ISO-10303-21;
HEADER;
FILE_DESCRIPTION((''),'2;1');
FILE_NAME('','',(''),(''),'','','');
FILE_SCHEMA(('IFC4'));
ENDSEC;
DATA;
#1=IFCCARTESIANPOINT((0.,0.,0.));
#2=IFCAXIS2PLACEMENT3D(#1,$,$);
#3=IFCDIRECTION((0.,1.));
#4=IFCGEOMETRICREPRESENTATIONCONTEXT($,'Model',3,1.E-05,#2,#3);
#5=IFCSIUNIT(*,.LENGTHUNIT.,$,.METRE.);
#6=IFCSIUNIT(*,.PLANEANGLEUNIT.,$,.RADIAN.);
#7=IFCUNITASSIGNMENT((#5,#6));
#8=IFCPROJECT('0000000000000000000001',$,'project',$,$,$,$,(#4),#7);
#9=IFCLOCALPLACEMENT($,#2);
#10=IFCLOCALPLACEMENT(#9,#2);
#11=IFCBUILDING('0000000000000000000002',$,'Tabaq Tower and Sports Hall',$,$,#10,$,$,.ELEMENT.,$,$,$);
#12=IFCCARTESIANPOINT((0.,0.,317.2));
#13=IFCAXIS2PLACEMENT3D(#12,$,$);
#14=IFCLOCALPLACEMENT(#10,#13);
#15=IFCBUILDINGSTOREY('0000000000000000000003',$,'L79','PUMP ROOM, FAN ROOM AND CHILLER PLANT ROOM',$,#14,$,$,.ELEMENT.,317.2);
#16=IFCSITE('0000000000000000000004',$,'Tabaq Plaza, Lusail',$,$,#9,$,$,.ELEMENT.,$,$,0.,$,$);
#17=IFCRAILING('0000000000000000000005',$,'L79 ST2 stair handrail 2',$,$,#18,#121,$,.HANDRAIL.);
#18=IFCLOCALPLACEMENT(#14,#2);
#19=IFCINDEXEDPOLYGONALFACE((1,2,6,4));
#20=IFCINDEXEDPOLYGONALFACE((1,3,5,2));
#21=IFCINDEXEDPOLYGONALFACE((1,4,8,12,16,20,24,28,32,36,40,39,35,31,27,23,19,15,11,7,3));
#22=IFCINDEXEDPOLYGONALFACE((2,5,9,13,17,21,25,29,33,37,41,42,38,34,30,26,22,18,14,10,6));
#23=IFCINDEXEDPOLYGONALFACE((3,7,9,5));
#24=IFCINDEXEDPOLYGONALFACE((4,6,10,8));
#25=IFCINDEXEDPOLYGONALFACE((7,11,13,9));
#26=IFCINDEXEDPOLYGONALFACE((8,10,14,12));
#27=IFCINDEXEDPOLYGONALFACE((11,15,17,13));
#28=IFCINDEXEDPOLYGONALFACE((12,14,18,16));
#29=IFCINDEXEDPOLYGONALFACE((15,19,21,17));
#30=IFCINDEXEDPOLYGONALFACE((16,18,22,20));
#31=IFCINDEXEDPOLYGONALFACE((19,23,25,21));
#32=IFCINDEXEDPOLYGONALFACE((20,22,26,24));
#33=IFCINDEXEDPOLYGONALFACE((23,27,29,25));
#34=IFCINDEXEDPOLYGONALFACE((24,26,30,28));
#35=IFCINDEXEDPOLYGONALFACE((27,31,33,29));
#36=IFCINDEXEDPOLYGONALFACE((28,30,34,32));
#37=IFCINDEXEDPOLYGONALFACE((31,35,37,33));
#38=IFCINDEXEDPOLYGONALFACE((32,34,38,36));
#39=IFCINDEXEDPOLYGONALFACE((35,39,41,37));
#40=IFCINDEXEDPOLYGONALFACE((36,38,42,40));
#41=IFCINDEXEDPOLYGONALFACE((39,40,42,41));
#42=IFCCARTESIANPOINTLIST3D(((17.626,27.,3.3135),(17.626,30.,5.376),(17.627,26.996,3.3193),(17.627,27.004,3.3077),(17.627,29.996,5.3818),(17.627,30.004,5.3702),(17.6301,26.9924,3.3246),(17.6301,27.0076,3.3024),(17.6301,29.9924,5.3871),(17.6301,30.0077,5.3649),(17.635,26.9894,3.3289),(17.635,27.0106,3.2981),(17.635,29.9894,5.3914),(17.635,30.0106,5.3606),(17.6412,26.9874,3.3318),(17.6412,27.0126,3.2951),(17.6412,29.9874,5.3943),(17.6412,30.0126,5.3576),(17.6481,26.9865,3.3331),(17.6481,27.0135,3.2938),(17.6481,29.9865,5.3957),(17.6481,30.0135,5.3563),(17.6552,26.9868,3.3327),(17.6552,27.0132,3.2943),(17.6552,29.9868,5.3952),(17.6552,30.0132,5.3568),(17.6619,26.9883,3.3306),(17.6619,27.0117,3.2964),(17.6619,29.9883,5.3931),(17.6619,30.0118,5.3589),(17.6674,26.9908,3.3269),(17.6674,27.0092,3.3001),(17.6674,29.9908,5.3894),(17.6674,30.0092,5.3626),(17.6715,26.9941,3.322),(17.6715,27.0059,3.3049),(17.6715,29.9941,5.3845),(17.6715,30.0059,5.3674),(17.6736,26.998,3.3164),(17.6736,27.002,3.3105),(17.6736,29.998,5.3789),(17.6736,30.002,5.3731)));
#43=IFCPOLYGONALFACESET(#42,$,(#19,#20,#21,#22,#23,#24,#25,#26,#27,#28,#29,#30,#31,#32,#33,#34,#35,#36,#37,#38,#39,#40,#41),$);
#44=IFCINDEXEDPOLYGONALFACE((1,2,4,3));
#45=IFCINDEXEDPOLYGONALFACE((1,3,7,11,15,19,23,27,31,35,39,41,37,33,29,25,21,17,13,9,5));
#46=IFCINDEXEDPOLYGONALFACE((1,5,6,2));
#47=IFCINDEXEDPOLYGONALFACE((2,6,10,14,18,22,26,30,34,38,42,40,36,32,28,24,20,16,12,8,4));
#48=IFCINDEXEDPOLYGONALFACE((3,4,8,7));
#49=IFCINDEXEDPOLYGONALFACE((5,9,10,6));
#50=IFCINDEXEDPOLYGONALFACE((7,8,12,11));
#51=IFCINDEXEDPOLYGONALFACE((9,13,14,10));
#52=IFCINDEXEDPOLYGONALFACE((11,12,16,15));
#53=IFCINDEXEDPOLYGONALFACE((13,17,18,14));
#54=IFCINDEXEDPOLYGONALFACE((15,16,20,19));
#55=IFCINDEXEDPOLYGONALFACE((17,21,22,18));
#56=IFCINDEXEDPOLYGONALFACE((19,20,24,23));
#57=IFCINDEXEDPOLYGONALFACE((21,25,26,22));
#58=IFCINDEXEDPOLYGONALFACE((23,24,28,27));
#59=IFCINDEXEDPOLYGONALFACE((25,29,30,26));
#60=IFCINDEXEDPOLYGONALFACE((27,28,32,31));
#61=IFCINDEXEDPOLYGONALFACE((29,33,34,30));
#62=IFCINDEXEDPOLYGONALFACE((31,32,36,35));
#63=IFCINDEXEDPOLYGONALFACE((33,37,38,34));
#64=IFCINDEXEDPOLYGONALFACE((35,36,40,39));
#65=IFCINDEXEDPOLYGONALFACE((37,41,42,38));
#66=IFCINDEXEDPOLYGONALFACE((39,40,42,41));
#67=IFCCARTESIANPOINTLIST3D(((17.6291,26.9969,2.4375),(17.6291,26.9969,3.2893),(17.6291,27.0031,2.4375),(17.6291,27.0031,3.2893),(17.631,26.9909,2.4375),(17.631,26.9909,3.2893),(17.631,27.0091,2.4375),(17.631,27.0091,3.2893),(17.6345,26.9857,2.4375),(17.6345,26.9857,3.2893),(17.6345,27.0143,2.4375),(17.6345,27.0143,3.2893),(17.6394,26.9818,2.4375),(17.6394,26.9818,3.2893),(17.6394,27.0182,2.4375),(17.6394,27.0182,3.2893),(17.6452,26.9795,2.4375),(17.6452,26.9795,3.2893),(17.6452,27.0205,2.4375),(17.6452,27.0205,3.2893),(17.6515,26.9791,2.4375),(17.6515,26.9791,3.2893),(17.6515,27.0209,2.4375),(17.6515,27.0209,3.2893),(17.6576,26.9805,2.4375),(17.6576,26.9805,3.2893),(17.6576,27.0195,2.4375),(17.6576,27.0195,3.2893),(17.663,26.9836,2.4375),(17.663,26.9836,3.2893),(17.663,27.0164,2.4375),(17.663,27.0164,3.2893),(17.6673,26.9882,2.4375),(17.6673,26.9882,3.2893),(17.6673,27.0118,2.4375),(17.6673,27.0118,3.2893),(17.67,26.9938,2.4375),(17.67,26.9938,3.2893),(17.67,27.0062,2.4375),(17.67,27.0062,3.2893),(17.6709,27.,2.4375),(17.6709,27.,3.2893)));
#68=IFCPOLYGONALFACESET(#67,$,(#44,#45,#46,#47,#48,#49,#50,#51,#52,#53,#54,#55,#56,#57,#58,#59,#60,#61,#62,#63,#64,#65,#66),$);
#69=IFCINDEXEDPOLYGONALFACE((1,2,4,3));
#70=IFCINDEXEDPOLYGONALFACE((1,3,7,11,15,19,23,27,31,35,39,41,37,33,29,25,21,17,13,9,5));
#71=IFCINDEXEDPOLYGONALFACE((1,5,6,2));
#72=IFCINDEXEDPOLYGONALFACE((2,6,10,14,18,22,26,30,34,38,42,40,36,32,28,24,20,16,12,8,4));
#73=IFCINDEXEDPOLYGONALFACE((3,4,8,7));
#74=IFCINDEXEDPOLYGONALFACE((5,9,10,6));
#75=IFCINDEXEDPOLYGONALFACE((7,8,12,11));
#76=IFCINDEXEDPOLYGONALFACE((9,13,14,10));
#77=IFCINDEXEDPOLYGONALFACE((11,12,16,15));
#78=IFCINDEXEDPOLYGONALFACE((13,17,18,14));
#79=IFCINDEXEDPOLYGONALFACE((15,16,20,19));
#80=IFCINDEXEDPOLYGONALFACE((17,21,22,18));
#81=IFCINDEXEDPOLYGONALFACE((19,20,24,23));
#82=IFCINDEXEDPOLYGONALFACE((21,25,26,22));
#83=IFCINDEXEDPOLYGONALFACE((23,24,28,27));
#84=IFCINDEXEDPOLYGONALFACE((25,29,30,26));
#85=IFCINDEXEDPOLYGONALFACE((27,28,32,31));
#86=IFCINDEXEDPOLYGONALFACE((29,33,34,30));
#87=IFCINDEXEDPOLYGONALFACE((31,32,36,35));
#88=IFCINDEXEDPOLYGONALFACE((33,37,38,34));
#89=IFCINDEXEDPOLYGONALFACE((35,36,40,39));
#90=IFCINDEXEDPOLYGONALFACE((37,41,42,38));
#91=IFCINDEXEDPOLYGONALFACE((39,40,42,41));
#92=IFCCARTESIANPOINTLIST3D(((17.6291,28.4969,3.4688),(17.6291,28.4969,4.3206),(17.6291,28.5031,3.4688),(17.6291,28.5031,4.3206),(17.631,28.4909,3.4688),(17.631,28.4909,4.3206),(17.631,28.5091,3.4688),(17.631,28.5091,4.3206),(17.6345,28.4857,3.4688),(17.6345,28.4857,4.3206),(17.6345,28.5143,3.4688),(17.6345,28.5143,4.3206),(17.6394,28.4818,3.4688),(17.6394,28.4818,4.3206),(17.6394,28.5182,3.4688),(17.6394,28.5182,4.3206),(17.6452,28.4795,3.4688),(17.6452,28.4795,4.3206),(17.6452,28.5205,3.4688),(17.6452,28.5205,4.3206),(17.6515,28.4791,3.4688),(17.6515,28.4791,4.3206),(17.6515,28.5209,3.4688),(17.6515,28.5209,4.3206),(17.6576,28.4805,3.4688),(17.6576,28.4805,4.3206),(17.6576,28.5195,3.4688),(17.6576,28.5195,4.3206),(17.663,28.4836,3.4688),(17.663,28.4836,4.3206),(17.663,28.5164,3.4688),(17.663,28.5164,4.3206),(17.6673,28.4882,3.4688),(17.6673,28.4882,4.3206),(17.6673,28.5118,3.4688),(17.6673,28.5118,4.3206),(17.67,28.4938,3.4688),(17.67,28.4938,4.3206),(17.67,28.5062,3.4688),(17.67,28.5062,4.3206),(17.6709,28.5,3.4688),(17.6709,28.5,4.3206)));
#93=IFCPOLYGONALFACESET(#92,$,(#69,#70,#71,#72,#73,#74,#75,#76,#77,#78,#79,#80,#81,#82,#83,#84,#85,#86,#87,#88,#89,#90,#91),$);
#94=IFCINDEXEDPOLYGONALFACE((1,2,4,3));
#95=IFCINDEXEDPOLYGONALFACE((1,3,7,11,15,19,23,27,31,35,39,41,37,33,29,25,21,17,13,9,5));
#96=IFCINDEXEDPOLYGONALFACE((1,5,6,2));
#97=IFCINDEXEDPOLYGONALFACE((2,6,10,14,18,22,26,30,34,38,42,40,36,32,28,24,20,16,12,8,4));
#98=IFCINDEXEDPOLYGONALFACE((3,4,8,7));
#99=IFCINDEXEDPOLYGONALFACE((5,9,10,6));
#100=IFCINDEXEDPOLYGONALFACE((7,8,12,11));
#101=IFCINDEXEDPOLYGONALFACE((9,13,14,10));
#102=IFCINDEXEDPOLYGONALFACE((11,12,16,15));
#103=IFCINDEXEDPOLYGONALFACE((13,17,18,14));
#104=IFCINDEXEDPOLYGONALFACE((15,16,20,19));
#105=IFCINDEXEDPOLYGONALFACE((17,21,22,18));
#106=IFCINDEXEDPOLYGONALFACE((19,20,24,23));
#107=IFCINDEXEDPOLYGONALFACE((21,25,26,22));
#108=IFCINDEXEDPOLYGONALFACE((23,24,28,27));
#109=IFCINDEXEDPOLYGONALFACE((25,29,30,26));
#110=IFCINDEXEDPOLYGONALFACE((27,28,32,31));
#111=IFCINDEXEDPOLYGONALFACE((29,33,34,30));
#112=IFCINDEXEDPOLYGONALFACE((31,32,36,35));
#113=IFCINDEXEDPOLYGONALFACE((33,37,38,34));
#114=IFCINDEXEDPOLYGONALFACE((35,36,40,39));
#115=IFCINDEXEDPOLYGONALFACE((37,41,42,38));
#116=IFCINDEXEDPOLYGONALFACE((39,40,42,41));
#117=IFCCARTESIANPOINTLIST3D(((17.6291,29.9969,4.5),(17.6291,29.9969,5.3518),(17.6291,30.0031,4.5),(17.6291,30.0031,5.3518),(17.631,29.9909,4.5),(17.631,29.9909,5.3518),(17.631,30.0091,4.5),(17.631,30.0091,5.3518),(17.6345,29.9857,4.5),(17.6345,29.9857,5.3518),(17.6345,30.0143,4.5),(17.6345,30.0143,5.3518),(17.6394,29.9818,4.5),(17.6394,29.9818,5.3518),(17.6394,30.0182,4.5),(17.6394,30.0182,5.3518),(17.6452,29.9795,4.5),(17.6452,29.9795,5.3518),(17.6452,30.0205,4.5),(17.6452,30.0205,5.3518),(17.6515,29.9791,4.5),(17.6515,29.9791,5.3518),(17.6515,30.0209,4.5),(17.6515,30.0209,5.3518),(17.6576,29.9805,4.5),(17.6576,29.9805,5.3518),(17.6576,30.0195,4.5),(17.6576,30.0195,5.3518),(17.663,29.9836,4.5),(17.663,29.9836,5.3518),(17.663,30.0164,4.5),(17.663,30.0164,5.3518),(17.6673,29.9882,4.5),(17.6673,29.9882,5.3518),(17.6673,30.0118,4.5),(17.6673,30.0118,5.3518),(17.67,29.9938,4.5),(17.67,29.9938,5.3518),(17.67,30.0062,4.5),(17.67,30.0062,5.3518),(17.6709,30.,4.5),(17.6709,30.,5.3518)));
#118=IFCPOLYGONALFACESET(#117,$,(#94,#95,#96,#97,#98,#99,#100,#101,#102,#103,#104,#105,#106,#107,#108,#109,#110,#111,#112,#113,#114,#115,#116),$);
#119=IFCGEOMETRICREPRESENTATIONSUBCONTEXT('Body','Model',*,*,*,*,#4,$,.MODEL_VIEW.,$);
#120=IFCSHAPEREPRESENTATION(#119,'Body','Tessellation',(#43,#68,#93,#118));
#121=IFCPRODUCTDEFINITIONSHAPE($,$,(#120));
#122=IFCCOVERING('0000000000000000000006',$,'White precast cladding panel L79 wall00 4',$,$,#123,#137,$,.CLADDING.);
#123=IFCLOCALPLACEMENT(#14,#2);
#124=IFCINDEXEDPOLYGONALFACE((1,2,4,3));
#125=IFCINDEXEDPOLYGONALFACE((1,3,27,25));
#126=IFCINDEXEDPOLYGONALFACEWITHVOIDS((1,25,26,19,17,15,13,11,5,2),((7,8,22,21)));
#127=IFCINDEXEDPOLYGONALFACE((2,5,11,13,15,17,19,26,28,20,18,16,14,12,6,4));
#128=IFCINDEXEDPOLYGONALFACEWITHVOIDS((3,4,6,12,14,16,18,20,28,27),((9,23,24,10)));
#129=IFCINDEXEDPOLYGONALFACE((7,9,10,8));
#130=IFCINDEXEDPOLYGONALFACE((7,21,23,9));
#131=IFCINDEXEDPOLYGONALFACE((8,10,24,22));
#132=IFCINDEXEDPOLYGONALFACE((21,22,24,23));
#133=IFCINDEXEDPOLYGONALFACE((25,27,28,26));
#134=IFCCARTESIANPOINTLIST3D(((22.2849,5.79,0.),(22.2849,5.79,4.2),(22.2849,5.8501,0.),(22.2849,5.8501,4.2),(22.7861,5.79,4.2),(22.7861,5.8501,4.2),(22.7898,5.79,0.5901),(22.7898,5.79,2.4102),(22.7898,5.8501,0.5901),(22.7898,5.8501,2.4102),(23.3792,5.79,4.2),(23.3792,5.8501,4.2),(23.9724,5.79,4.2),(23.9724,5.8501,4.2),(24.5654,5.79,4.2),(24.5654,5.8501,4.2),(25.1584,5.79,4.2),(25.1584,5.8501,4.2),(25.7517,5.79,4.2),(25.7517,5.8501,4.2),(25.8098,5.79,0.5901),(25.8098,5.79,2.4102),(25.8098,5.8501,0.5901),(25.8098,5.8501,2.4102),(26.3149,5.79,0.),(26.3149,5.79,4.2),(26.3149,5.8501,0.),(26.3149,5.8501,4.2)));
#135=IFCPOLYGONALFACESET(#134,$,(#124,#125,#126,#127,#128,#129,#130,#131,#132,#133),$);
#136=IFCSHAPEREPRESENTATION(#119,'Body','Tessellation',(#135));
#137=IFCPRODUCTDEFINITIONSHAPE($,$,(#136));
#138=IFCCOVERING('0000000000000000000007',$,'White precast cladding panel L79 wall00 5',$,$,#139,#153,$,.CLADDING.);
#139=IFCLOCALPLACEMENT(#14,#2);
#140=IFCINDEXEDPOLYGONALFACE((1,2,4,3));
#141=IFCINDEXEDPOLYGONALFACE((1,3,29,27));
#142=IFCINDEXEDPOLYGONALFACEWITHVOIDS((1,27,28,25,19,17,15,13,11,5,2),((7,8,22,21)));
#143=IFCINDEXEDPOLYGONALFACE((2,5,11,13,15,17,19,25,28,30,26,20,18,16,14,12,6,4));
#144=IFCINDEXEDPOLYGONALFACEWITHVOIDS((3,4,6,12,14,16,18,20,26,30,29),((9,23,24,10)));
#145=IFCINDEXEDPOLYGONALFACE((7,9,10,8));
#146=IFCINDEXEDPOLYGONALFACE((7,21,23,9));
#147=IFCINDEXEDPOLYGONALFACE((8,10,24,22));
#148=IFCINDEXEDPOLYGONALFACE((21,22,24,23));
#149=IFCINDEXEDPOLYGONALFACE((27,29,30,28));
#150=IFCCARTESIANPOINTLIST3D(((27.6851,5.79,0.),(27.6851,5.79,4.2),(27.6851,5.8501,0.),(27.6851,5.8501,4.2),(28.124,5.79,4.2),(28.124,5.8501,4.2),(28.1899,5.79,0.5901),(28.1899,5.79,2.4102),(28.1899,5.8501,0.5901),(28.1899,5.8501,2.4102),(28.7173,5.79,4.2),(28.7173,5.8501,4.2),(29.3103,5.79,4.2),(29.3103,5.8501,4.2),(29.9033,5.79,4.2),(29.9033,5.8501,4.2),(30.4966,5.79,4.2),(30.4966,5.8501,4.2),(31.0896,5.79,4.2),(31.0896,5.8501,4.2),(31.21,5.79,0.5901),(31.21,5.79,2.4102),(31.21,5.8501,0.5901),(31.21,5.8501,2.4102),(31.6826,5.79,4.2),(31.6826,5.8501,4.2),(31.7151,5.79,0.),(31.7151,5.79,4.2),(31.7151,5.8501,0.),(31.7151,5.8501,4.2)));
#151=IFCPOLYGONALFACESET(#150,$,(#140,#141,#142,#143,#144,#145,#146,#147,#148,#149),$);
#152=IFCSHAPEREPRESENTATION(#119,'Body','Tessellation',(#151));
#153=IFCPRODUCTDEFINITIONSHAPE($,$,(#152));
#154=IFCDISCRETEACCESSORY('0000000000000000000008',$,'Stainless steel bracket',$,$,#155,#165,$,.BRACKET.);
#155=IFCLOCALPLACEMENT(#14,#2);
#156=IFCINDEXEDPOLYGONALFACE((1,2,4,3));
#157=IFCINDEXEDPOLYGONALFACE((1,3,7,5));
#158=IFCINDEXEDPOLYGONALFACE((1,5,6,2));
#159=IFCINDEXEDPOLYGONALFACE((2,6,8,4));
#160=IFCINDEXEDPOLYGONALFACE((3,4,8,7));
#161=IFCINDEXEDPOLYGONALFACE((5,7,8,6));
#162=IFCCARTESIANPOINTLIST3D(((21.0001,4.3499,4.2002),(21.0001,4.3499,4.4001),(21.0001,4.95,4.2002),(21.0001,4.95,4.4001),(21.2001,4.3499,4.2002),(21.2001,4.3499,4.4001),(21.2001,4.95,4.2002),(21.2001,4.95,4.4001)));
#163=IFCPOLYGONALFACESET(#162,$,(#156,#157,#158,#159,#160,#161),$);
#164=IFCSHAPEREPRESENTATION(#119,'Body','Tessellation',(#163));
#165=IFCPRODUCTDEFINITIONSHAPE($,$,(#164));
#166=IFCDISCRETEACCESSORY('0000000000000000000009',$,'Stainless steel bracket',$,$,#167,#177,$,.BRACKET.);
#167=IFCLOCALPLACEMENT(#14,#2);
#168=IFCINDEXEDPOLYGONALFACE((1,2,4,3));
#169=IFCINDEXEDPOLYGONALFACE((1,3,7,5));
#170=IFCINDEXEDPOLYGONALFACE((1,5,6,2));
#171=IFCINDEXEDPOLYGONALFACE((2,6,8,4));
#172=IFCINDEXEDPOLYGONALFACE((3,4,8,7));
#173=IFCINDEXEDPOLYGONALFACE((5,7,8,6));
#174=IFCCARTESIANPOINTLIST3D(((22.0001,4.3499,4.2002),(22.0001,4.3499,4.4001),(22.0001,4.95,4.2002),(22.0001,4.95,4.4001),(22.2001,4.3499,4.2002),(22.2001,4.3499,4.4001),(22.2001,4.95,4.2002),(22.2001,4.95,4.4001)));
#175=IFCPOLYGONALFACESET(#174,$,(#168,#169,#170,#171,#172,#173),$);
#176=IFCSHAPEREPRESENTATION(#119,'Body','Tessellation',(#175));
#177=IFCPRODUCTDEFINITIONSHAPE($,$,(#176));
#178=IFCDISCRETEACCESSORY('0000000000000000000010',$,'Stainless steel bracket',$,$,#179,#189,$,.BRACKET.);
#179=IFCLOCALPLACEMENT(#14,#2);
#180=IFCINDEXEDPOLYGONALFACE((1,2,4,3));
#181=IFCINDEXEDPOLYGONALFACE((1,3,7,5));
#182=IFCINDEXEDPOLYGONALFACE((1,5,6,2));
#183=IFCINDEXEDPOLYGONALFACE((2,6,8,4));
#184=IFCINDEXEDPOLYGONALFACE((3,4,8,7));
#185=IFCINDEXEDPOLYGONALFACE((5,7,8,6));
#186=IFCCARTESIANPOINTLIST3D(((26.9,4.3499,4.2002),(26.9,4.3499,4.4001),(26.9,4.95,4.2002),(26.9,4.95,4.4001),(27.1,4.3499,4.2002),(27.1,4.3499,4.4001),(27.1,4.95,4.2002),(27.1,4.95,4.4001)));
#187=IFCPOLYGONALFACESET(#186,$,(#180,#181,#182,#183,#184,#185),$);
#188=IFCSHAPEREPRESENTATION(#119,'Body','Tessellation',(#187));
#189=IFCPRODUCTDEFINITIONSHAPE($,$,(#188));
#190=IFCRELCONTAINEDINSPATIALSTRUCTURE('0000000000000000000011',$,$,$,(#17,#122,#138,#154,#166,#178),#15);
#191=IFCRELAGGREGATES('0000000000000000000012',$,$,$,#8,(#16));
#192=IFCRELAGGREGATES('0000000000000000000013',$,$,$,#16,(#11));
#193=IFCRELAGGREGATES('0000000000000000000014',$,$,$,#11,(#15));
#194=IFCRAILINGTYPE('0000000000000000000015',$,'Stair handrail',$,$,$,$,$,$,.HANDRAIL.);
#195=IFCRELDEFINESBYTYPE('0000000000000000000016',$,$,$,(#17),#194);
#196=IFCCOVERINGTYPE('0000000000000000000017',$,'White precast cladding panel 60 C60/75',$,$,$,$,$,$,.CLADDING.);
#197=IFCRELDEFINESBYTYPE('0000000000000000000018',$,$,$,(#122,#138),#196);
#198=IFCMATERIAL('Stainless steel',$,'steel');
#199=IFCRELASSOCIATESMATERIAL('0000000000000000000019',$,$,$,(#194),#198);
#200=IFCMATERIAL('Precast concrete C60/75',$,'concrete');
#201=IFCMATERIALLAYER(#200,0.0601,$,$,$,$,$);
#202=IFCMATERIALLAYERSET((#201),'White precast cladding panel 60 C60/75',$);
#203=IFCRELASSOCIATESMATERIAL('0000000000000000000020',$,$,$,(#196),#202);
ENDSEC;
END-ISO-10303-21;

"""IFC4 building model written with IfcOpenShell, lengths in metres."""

from ifc_helpers import new_model, si_unit, direction, frame, origin, origin_2d, place, context, subcontext, project, spatial, polyline, rectangle, circle, outline, extrude, material, layer, layer_set, type_object, element, save


model = new_model("IFC4")

# Units and contexts
model_context = context("Model", 3, precision=1e-05, world=origin(), true_north=direction((0.0, 1.0)))
body_context = subcontext(model_context, "Body", "Model", "MODEL_VIEW")
ifc_project = project(units=[si_unit("LENGTHUNIT", "METRE"), si_unit("PLANEANGLEUNIT", "RADIAN")], contexts=[model_context])

# Site, building, storey
site_placement = place(None, origin())
site = spatial("IfcSite", under=ifc_project, at=site_placement, Name="Tabaq Plaza, Lusail", CompositionType="ELEMENT", RefElevation=0.0)
building_placement = place(site_placement, origin())
building = spatial("IfcBuilding", under=site, at=building_placement, Name="Tabaq Tower and Sports Hall", CompositionType="ELEMENT")
storey_placement = place(building_placement, frame((0.0, 0.0, 317.2)))
storey = spatial("IfcBuildingStorey", under=building, at=storey_placement, Name="L79", Description="PUMP ROOM, FAN ROOM AND CHILLER PLANT ROOM", CompositionType="ELEMENT", Elevation=317.2)

# Railing
ifc_material_1 = material(Name="Stainless steel", Category="steel")
railing_type = type_object("IfcRailingType", Name="Stair handrail", PredefinedType="HANDRAIL", material=ifc_material_1)
railing_placement = place(storey_placement, frame((17.6499, 27.0, 2.4375)))
element("IfcRailing", 1, at=railing_placement, inside=storey, type_object=railing_type, Name="L79 ST2 stair handrail 2", PredefinedType="HANDRAIL", context=body_context, shape_type="SweptSolid", body=[
    extrude(circle(Radius=0.0239, at=origin_2d()), frame((0.0, 0.0, 0.876), z_axis=(0.0, 0.824042, 0.566529), x_axis=(-1.0, 0.0, 0.0)), (0.0, 0.0, 1.0), 3.6406),
    extrude(circle(Radius=0.021, at=origin_2d()), origin(), (0.0, 0.0, 1.0), 0.8518),
    extrude(circle(Radius=0.021, at=origin_2d()), frame((0.0, 1.5, 1.0312)), (0.0, 0.0, 1.0), 0.8518),
    extrude(circle(Radius=0.021, at=origin_2d()), frame((0.0, 3.0, 2.0625)), (0.0, 0.0, 1.0), 0.8518),
])

# Coverings
ifc_material_2 = material(Name="Precast concrete C60/75", Category="concrete")
ifc_layer_1 = layer(ifc_material_2, 0.0601)
ifc_layer_set_1 = layer_set([ifc_layer_1], Name="White precast cladding panel 60 C60/75")
covering_type = type_object("IfcCoveringType", Name="White precast cladding panel 60 C60/75", PredefinedType="CLADDING", material=ifc_layer_set_1)
covering_1_placement = place(storey_placement, frame((22.2849, 5.8201, 0.0), z_axis=(0.0, 0.0, 1.0), x_axis=(1.0, 0.0, 0.0)))
element("IfcCovering", 2, at=covering_1_placement, inside=storey, type_object=covering_type, Name="White precast cladding panel L79 wall00 4", PredefinedType="CLADDING", context=body_context, shape_type="SweptSolid", body=[
    extrude(outline(polyline([(0.0, 0.0), (4.03, 0.0), (4.03, 4.2), (3.4668, 4.2), (2.8735, 4.2), (2.2805, 4.2), (1.6875, 4.2), (1.0942, 4.2), (0.5012, 4.2), (0.0, 4.2), (0.0, 0.0)]), holes=[polyline([(0.5049, 0.5901), (0.5049, 2.4102), (3.5249, 2.4102), (3.5249, 0.5901), (0.5049, 0.5901)])]), frame((0.0, 0.03, 0.0), z_axis=(0.0, -1.0, 0.0), x_axis=(1.0, 0.0, 0.0)), (0.0, 0.0, 1.0), 0.0601),
])
covering_2_placement = place(storey_placement, frame((27.6851, 5.8201, 0.0), z_axis=(0.0, 0.0, 1.0), x_axis=(1.0, 0.0, 0.0)))
element("IfcCovering", 3, at=covering_2_placement, inside=storey, type_object=covering_type, Name="White precast cladding panel L79 wall00 5", PredefinedType="CLADDING", context=body_context, shape_type="SweptSolid", body=[
    extrude(outline(polyline([(0.0, 0.0), (4.03, 0.0), (4.03, 4.2), (3.9976, 4.2), (3.4045, 4.2), (2.8115, 4.2), (2.2183, 4.2), (1.6252, 4.2), (1.0322, 4.2), (0.439, 4.2), (0.0, 4.2), (0.0, 0.0)]), holes=[polyline([(0.5049, 0.5901), (0.5049, 2.4102), (3.5249, 2.4102), (3.5249, 0.5901), (0.5049, 0.5901)])]), frame((0.0, 0.03, 0.0), z_axis=(0.0, -1.0, 0.0), x_axis=(1.0, 0.0, 0.0)), (0.0, 0.0, 1.0), 0.0601),
])

# Discrete accessories
for number, where, z_axis, x_axis, name in (
    (4, (21.1001, 4.6499, 4.2002), (0.0, 0.0, 1.0), (0.0, -1.0, 0.0), "Stainless steel bracket"),
    (5, (22.1001, 4.6499, 4.2002), (0.0, 0.0, 1.0), (0.0, -1.0, 0.0), "Stainless steel bracket"),
    (6, (27.0, 4.6499, 4.2002), (0.0, 0.0, 1.0), (0.0, -1.0, 0.0), "Stainless steel bracket"),
):
    element("IfcDiscreteAccessory", number, at=place(storey_placement, frame(where, z_axis=z_axis, x_axis=x_axis)), inside=storey, Name=name, PredefinedType="BRACKET", context=body_context, shape_type="SweptSolid", body=[
        extrude(rectangle(XDim=0.6001, YDim=0.2, at=origin_2d()), origin(), (0.0, 0.0, 1.0), 0.2),
    ])

save(model, "model.ifc")
